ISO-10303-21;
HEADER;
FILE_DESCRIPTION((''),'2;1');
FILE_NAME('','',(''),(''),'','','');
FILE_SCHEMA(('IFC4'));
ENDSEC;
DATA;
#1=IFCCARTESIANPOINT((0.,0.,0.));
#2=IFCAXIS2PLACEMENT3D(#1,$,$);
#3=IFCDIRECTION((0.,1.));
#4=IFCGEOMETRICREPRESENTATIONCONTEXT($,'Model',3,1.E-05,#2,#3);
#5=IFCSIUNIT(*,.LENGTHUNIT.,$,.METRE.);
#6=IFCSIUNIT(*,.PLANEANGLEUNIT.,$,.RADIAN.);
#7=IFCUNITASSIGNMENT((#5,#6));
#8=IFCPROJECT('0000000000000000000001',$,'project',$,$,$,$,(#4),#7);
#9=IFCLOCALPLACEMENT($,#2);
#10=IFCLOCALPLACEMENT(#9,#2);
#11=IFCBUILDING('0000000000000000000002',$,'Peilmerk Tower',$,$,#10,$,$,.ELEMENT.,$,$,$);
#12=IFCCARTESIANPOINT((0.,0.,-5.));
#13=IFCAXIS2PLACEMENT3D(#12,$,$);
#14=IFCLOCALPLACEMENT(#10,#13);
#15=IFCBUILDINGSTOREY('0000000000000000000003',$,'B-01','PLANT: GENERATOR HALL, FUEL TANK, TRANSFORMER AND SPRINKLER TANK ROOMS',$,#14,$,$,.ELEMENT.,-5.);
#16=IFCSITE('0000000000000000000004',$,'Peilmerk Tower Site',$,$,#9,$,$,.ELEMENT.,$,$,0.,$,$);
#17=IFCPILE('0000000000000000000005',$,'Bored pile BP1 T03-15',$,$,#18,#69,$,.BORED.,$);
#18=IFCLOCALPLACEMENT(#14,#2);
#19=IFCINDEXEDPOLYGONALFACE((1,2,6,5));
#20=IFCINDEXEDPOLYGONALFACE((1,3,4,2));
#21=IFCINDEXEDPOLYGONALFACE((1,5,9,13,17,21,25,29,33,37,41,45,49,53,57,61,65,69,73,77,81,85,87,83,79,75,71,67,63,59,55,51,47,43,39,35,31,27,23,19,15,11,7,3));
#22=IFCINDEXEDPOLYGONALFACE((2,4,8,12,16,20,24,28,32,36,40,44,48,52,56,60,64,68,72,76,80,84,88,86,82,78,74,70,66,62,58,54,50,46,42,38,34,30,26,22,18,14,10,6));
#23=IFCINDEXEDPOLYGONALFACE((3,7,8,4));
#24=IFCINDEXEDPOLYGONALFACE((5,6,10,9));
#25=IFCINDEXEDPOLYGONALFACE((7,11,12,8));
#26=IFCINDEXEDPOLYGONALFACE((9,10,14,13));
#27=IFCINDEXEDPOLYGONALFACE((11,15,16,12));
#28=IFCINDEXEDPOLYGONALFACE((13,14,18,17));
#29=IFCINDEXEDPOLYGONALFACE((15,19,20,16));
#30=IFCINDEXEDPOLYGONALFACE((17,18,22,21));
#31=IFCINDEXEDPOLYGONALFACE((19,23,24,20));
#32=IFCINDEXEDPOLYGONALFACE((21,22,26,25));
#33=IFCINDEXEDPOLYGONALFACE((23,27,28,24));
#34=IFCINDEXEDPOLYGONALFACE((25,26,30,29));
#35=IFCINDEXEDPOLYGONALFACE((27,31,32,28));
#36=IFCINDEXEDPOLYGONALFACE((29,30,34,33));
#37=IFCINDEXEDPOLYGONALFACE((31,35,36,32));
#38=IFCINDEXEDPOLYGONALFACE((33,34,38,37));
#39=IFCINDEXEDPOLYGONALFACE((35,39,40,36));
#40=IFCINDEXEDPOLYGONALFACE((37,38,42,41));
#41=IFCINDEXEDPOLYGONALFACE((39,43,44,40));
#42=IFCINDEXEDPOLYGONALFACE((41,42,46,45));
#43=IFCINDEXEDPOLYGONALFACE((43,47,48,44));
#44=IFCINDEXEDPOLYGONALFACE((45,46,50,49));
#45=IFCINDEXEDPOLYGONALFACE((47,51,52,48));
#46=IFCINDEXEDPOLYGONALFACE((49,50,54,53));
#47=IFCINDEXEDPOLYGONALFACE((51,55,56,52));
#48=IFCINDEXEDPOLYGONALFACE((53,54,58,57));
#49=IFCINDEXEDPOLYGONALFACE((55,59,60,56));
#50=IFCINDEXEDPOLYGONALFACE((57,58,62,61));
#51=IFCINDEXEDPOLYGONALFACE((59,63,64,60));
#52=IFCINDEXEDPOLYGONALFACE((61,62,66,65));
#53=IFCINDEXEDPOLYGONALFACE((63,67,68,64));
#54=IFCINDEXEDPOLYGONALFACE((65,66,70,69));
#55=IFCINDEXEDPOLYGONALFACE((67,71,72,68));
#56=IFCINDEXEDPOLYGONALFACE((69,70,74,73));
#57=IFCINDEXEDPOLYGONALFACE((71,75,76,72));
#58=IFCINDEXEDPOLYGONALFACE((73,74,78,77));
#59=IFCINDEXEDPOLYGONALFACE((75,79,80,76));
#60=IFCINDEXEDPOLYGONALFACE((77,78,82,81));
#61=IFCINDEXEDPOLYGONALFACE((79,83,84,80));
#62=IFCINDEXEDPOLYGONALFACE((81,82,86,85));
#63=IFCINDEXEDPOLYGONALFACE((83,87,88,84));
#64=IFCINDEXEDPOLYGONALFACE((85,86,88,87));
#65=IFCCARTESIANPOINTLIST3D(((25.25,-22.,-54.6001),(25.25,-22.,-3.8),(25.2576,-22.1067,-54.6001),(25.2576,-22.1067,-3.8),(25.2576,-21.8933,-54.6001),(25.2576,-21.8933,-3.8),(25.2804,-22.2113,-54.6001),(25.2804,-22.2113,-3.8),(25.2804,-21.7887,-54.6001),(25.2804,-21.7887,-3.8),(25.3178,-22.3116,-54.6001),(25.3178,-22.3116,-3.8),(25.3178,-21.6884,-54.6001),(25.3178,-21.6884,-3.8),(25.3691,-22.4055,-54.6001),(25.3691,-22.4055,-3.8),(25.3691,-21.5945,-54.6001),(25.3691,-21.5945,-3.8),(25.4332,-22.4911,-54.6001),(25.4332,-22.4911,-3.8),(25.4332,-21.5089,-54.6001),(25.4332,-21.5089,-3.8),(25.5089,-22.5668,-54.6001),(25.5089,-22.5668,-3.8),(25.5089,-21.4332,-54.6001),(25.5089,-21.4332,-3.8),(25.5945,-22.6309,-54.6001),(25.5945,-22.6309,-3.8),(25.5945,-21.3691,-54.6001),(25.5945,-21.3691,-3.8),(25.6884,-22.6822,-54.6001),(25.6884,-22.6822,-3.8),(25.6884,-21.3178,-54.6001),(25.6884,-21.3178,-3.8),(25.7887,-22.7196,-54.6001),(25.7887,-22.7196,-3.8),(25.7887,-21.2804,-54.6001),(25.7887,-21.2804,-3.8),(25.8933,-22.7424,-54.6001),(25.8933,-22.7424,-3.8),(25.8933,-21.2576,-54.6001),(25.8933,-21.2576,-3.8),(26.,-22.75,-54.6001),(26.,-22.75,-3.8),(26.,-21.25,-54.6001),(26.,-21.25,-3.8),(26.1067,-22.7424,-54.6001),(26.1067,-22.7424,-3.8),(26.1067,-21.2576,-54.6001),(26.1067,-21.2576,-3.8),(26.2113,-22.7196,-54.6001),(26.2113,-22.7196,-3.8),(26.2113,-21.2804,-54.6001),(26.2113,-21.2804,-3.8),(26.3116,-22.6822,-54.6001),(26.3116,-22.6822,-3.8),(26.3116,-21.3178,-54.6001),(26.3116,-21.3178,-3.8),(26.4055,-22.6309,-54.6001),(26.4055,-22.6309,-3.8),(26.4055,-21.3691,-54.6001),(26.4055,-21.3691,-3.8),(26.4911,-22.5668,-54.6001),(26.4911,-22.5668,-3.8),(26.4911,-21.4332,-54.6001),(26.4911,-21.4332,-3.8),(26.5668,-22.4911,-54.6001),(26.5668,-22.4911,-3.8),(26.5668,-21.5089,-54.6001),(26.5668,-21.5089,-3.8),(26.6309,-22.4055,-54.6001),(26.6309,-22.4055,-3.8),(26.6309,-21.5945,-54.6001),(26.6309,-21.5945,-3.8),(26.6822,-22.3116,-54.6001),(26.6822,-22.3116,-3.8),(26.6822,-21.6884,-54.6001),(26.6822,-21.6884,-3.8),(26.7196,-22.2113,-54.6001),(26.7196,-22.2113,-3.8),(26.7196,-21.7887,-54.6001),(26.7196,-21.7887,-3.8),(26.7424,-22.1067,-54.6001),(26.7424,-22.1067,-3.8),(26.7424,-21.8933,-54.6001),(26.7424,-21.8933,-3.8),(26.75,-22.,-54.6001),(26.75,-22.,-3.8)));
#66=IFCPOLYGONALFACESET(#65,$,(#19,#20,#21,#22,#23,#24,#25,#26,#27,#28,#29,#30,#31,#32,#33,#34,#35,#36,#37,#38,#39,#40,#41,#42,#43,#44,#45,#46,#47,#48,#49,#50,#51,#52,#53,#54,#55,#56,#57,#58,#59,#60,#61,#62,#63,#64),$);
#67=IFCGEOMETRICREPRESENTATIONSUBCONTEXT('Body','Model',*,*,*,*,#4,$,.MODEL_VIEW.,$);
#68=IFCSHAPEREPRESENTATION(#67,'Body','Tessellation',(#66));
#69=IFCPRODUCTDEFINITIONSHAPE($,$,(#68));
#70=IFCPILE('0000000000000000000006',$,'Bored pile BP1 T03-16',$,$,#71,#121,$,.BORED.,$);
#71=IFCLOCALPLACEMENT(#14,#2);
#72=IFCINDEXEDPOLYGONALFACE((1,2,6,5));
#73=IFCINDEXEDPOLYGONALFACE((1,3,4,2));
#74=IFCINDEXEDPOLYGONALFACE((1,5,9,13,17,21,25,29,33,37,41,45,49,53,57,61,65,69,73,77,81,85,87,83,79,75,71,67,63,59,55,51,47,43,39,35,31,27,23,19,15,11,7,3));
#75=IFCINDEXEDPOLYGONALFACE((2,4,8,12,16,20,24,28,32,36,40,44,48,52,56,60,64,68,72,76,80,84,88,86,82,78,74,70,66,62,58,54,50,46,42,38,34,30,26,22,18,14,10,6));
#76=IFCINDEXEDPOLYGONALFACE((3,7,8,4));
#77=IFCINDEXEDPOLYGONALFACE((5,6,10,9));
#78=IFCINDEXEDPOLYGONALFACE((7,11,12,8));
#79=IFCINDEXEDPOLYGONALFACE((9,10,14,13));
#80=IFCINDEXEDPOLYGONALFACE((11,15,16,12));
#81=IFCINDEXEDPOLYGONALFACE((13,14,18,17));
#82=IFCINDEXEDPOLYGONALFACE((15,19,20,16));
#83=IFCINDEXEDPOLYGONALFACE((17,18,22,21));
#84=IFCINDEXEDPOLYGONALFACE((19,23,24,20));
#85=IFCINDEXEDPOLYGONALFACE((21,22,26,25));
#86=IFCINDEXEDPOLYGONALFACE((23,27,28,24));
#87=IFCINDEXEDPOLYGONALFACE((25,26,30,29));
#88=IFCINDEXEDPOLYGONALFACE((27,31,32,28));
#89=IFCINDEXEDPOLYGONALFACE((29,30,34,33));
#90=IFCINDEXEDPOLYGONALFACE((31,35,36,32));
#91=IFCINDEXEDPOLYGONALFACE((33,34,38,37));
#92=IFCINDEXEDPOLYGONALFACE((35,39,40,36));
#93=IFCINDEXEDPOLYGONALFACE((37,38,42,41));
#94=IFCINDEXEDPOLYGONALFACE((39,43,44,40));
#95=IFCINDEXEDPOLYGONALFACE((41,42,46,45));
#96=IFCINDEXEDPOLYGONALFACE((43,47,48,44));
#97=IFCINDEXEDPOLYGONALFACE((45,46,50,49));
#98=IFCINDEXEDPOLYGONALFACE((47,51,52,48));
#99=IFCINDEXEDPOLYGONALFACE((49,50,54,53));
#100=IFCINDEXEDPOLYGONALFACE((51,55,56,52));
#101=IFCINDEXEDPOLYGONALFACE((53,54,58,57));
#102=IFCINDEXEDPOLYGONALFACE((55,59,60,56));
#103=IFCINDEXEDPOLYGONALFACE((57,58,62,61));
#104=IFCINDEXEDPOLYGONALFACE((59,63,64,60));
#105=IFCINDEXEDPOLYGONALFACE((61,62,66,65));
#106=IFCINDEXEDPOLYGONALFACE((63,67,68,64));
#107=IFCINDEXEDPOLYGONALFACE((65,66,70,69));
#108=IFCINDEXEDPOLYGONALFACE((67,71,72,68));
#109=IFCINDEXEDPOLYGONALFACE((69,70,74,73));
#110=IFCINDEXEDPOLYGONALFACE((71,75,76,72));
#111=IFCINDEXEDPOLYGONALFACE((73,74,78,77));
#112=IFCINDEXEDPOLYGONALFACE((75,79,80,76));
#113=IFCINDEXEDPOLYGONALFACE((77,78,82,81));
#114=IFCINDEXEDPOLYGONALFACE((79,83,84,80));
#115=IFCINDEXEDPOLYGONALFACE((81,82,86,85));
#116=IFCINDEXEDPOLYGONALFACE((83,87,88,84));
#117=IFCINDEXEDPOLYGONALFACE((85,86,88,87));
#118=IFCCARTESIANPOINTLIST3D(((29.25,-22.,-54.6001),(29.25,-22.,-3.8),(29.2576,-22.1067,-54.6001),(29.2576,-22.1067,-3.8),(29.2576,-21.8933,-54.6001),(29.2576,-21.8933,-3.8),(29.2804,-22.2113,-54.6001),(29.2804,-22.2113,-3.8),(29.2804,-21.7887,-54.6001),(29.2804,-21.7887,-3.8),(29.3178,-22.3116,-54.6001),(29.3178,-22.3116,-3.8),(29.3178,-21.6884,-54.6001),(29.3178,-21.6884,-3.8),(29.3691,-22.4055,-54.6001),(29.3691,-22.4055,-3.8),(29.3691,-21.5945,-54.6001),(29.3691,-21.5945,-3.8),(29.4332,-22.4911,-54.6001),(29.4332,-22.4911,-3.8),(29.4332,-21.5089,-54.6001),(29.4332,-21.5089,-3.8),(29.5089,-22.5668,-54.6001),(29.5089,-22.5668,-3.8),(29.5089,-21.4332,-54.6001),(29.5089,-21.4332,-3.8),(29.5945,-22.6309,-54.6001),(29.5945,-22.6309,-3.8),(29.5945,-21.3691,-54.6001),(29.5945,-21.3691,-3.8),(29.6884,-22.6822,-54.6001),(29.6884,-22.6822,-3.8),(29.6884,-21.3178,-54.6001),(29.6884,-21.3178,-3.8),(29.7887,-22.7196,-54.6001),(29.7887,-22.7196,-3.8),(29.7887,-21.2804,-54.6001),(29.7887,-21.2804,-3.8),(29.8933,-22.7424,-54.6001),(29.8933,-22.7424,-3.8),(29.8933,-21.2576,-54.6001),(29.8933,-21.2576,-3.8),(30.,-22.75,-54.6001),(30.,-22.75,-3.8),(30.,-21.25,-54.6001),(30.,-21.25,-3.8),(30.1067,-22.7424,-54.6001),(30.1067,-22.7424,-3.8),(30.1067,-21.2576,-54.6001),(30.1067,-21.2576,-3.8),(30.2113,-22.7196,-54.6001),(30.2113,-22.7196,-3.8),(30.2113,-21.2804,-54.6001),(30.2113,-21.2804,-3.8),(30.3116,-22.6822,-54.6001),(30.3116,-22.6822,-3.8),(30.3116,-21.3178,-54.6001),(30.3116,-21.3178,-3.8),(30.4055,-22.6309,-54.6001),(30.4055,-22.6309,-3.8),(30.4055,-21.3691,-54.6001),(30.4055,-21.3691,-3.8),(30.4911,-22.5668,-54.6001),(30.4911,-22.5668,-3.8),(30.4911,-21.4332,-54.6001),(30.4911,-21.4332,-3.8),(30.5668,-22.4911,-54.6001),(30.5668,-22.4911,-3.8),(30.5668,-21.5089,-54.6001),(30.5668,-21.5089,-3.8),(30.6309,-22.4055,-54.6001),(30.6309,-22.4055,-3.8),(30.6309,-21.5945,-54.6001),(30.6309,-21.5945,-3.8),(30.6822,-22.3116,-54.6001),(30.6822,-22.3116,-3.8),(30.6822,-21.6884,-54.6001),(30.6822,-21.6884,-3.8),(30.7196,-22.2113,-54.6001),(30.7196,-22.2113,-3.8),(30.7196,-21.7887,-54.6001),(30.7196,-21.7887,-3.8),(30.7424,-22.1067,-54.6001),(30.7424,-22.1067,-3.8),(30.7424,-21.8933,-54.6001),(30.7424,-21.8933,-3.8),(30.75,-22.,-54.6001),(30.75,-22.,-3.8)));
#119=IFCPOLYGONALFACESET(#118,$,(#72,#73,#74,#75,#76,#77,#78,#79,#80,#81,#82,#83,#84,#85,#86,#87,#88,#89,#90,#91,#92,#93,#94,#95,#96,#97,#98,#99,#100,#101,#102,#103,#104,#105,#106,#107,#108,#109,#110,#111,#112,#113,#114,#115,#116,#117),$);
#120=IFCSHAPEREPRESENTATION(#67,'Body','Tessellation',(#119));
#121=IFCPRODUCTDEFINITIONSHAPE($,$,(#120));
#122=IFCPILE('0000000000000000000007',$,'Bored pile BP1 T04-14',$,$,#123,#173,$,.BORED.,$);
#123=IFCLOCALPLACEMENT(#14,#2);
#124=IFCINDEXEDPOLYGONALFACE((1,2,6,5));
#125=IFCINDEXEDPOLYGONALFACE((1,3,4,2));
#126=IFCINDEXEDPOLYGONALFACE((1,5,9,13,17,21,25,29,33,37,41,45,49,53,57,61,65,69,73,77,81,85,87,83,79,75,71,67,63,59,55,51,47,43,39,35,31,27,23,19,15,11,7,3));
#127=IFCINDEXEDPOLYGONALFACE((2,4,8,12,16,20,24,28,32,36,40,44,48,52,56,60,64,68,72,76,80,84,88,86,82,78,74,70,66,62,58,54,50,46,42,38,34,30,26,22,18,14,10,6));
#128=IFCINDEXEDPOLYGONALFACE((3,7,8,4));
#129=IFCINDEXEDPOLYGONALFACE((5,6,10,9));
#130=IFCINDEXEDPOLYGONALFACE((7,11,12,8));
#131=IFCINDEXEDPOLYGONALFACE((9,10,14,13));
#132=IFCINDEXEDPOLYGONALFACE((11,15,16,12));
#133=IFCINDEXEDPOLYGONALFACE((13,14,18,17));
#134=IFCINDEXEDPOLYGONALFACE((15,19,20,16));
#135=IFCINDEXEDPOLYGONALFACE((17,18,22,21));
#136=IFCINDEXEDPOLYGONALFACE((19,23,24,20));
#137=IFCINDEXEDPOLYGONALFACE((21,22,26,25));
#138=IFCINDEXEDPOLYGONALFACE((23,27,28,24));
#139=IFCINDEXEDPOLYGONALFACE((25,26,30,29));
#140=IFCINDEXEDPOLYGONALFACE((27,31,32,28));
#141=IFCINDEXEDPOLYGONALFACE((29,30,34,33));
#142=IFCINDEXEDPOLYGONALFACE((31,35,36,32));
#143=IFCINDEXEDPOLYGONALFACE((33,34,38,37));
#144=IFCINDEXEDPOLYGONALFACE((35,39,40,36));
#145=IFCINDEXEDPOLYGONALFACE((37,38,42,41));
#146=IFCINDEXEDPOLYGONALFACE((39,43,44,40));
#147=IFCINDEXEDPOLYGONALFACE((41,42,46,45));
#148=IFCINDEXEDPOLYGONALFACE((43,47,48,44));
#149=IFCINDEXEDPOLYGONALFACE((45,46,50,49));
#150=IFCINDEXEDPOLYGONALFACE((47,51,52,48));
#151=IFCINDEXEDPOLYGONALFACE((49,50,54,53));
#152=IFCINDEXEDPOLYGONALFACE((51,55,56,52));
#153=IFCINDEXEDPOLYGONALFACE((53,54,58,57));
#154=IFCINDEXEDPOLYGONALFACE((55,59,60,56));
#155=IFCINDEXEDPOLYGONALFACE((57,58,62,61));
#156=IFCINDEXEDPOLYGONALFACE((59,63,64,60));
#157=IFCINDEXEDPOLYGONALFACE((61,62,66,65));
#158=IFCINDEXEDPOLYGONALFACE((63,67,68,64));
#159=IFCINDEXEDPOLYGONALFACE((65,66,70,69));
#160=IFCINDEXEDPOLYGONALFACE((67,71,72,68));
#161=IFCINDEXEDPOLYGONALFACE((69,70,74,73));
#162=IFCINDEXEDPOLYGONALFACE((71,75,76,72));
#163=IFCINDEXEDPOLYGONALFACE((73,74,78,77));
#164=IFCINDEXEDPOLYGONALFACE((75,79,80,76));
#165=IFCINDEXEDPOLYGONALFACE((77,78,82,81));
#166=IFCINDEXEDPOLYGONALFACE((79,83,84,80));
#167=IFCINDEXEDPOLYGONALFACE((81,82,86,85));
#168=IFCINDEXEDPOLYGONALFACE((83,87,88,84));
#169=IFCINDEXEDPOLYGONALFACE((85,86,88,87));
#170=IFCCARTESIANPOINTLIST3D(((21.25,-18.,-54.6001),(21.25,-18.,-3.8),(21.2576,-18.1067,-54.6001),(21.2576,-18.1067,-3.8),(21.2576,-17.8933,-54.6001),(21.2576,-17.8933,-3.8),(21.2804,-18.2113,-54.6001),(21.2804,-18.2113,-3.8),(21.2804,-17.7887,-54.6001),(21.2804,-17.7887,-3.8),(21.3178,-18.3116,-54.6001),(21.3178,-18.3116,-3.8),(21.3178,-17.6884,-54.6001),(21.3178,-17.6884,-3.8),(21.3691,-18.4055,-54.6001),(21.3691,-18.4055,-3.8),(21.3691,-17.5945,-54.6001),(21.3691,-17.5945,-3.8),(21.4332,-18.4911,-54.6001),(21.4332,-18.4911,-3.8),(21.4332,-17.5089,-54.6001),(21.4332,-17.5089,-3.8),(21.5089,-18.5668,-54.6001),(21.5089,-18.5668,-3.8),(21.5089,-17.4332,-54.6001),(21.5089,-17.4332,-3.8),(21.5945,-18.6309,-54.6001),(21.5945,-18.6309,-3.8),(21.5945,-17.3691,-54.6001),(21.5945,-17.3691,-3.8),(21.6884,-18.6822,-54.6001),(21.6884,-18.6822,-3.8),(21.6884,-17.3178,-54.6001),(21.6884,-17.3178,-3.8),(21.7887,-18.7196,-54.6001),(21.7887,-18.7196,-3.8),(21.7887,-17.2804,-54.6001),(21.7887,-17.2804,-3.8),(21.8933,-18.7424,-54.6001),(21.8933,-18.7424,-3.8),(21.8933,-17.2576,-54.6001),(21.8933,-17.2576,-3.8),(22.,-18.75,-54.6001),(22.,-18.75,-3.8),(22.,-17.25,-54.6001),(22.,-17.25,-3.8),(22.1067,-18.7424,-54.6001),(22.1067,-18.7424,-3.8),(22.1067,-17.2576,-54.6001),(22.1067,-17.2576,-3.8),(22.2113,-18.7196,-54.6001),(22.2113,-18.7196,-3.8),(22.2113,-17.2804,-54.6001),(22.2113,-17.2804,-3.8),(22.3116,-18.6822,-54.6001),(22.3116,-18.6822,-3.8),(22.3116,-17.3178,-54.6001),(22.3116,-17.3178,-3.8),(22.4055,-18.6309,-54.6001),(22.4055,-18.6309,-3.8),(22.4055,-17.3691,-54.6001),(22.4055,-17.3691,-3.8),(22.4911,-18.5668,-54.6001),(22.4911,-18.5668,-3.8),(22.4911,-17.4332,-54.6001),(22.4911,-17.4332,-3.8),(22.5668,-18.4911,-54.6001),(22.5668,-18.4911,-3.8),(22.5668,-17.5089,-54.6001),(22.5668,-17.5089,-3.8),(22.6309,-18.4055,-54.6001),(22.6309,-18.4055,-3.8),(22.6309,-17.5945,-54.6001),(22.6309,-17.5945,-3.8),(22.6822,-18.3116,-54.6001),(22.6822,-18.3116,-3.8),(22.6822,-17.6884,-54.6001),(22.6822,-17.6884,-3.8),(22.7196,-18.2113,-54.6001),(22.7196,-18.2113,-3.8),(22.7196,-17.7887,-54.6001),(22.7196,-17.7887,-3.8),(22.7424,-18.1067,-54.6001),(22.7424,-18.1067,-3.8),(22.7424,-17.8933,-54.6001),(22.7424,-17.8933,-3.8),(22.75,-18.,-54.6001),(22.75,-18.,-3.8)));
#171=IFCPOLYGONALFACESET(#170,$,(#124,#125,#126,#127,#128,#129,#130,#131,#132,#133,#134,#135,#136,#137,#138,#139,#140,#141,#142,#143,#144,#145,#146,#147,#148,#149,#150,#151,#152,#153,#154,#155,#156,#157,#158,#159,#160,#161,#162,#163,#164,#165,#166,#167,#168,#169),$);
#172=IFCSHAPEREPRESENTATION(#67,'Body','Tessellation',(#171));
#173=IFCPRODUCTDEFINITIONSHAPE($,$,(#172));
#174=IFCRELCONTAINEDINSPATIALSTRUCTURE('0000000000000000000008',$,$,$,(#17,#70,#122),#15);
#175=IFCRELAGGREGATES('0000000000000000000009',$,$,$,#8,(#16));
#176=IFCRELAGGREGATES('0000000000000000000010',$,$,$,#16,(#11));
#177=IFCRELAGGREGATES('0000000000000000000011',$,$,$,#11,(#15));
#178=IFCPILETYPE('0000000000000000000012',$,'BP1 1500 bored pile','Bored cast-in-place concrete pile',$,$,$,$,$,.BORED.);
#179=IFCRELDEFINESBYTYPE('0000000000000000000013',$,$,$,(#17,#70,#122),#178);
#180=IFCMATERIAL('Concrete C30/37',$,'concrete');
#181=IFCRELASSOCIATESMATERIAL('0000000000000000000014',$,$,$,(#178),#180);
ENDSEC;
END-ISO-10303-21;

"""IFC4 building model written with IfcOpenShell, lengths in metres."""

from ifc_helpers import new_model, si_unit, direction, frame, origin, origin_2d, place, context, subcontext, project, spatial, circle, extrude, material, material_profile, profile_set, type_object, element, save


model = new_model("IFC4")

# Units and contexts
model_context = context("Model", 3, precision=1e-05, world=origin(), true_north=direction((0.0, 1.0)))
body_context = subcontext(model_context, "Body", "Model", "MODEL_VIEW")
ifc_project = project(units=[si_unit("LENGTHUNIT", "METRE"), si_unit("PLANEANGLEUNIT", "RADIAN")], contexts=[model_context])

# Site, building, storey
site_placement = place(None, origin())
site = spatial("IfcSite", under=ifc_project, at=site_placement, Name="Peilmerk Tower Site", CompositionType="ELEMENT", RefElevation=0.0)
building_placement = place(site_placement, origin())
building = spatial("IfcBuilding", under=site, at=building_placement, Name="Peilmerk Tower", CompositionType="ELEMENT")
storey_placement = place(building_placement, frame((0.0, 0.0, -5.0)))
storey = spatial("IfcBuildingStorey", under=building, at=storey_placement, Name="B-01", Description="PLANT: GENERATOR HALL, FUEL TANK, TRANSFORMER AND SPRINKLER TANK ROOMS", CompositionType="ELEMENT", Elevation=-5.0)

# Piles
ifc_material_1 = material(Name="Concrete C30/37", Category="concrete")
ifc_material_profile_1 = material_profile(ifc_material_1, circle(Radius=0.75, at=origin_2d()), Name="BP 1500")
ifc_profile_set_1 = profile_set([ifc_material_profile_1], Name="Concrete C30/37")
pile_type = type_object("IfcPileType", Name="BP1 1500 bored pile", Description="Bored cast-in-place concrete pile", PredefinedType="BORED", material=ifc_profile_set_1)
for number, where, z_axis, x_axis, name in (
    (1, (26.0, -22.0, -3.8), (0.0, 0.0, -1.0), (1.0, 0.0, 0.0), "Bored pile BP1 T03-15"),
    (2, (30.0, -22.0, -3.8), (0.0, 0.0, -1.0), (1.0, 0.0, 0.0), "Bored pile BP1 T03-16"),
    (3, (22.0, -18.0, -3.8), (0.0, 0.0, -1.0), (1.0, 0.0, 0.0), "Bored pile BP1 T04-14"),
):
    element("IfcPile", number, at=place(storey_placement, frame(where, z_axis=z_axis, x_axis=x_axis)), inside=storey, type_object=pile_type, Name=name, PredefinedType="BORED", context=body_context, shape_type="SweptSolid", body=[
        extrude(circle(Radius=0.75, at=origin_2d()), origin(), (0.0, 0.0, 1.0), 50.8),
    ])

save(model, "model.ifc")
